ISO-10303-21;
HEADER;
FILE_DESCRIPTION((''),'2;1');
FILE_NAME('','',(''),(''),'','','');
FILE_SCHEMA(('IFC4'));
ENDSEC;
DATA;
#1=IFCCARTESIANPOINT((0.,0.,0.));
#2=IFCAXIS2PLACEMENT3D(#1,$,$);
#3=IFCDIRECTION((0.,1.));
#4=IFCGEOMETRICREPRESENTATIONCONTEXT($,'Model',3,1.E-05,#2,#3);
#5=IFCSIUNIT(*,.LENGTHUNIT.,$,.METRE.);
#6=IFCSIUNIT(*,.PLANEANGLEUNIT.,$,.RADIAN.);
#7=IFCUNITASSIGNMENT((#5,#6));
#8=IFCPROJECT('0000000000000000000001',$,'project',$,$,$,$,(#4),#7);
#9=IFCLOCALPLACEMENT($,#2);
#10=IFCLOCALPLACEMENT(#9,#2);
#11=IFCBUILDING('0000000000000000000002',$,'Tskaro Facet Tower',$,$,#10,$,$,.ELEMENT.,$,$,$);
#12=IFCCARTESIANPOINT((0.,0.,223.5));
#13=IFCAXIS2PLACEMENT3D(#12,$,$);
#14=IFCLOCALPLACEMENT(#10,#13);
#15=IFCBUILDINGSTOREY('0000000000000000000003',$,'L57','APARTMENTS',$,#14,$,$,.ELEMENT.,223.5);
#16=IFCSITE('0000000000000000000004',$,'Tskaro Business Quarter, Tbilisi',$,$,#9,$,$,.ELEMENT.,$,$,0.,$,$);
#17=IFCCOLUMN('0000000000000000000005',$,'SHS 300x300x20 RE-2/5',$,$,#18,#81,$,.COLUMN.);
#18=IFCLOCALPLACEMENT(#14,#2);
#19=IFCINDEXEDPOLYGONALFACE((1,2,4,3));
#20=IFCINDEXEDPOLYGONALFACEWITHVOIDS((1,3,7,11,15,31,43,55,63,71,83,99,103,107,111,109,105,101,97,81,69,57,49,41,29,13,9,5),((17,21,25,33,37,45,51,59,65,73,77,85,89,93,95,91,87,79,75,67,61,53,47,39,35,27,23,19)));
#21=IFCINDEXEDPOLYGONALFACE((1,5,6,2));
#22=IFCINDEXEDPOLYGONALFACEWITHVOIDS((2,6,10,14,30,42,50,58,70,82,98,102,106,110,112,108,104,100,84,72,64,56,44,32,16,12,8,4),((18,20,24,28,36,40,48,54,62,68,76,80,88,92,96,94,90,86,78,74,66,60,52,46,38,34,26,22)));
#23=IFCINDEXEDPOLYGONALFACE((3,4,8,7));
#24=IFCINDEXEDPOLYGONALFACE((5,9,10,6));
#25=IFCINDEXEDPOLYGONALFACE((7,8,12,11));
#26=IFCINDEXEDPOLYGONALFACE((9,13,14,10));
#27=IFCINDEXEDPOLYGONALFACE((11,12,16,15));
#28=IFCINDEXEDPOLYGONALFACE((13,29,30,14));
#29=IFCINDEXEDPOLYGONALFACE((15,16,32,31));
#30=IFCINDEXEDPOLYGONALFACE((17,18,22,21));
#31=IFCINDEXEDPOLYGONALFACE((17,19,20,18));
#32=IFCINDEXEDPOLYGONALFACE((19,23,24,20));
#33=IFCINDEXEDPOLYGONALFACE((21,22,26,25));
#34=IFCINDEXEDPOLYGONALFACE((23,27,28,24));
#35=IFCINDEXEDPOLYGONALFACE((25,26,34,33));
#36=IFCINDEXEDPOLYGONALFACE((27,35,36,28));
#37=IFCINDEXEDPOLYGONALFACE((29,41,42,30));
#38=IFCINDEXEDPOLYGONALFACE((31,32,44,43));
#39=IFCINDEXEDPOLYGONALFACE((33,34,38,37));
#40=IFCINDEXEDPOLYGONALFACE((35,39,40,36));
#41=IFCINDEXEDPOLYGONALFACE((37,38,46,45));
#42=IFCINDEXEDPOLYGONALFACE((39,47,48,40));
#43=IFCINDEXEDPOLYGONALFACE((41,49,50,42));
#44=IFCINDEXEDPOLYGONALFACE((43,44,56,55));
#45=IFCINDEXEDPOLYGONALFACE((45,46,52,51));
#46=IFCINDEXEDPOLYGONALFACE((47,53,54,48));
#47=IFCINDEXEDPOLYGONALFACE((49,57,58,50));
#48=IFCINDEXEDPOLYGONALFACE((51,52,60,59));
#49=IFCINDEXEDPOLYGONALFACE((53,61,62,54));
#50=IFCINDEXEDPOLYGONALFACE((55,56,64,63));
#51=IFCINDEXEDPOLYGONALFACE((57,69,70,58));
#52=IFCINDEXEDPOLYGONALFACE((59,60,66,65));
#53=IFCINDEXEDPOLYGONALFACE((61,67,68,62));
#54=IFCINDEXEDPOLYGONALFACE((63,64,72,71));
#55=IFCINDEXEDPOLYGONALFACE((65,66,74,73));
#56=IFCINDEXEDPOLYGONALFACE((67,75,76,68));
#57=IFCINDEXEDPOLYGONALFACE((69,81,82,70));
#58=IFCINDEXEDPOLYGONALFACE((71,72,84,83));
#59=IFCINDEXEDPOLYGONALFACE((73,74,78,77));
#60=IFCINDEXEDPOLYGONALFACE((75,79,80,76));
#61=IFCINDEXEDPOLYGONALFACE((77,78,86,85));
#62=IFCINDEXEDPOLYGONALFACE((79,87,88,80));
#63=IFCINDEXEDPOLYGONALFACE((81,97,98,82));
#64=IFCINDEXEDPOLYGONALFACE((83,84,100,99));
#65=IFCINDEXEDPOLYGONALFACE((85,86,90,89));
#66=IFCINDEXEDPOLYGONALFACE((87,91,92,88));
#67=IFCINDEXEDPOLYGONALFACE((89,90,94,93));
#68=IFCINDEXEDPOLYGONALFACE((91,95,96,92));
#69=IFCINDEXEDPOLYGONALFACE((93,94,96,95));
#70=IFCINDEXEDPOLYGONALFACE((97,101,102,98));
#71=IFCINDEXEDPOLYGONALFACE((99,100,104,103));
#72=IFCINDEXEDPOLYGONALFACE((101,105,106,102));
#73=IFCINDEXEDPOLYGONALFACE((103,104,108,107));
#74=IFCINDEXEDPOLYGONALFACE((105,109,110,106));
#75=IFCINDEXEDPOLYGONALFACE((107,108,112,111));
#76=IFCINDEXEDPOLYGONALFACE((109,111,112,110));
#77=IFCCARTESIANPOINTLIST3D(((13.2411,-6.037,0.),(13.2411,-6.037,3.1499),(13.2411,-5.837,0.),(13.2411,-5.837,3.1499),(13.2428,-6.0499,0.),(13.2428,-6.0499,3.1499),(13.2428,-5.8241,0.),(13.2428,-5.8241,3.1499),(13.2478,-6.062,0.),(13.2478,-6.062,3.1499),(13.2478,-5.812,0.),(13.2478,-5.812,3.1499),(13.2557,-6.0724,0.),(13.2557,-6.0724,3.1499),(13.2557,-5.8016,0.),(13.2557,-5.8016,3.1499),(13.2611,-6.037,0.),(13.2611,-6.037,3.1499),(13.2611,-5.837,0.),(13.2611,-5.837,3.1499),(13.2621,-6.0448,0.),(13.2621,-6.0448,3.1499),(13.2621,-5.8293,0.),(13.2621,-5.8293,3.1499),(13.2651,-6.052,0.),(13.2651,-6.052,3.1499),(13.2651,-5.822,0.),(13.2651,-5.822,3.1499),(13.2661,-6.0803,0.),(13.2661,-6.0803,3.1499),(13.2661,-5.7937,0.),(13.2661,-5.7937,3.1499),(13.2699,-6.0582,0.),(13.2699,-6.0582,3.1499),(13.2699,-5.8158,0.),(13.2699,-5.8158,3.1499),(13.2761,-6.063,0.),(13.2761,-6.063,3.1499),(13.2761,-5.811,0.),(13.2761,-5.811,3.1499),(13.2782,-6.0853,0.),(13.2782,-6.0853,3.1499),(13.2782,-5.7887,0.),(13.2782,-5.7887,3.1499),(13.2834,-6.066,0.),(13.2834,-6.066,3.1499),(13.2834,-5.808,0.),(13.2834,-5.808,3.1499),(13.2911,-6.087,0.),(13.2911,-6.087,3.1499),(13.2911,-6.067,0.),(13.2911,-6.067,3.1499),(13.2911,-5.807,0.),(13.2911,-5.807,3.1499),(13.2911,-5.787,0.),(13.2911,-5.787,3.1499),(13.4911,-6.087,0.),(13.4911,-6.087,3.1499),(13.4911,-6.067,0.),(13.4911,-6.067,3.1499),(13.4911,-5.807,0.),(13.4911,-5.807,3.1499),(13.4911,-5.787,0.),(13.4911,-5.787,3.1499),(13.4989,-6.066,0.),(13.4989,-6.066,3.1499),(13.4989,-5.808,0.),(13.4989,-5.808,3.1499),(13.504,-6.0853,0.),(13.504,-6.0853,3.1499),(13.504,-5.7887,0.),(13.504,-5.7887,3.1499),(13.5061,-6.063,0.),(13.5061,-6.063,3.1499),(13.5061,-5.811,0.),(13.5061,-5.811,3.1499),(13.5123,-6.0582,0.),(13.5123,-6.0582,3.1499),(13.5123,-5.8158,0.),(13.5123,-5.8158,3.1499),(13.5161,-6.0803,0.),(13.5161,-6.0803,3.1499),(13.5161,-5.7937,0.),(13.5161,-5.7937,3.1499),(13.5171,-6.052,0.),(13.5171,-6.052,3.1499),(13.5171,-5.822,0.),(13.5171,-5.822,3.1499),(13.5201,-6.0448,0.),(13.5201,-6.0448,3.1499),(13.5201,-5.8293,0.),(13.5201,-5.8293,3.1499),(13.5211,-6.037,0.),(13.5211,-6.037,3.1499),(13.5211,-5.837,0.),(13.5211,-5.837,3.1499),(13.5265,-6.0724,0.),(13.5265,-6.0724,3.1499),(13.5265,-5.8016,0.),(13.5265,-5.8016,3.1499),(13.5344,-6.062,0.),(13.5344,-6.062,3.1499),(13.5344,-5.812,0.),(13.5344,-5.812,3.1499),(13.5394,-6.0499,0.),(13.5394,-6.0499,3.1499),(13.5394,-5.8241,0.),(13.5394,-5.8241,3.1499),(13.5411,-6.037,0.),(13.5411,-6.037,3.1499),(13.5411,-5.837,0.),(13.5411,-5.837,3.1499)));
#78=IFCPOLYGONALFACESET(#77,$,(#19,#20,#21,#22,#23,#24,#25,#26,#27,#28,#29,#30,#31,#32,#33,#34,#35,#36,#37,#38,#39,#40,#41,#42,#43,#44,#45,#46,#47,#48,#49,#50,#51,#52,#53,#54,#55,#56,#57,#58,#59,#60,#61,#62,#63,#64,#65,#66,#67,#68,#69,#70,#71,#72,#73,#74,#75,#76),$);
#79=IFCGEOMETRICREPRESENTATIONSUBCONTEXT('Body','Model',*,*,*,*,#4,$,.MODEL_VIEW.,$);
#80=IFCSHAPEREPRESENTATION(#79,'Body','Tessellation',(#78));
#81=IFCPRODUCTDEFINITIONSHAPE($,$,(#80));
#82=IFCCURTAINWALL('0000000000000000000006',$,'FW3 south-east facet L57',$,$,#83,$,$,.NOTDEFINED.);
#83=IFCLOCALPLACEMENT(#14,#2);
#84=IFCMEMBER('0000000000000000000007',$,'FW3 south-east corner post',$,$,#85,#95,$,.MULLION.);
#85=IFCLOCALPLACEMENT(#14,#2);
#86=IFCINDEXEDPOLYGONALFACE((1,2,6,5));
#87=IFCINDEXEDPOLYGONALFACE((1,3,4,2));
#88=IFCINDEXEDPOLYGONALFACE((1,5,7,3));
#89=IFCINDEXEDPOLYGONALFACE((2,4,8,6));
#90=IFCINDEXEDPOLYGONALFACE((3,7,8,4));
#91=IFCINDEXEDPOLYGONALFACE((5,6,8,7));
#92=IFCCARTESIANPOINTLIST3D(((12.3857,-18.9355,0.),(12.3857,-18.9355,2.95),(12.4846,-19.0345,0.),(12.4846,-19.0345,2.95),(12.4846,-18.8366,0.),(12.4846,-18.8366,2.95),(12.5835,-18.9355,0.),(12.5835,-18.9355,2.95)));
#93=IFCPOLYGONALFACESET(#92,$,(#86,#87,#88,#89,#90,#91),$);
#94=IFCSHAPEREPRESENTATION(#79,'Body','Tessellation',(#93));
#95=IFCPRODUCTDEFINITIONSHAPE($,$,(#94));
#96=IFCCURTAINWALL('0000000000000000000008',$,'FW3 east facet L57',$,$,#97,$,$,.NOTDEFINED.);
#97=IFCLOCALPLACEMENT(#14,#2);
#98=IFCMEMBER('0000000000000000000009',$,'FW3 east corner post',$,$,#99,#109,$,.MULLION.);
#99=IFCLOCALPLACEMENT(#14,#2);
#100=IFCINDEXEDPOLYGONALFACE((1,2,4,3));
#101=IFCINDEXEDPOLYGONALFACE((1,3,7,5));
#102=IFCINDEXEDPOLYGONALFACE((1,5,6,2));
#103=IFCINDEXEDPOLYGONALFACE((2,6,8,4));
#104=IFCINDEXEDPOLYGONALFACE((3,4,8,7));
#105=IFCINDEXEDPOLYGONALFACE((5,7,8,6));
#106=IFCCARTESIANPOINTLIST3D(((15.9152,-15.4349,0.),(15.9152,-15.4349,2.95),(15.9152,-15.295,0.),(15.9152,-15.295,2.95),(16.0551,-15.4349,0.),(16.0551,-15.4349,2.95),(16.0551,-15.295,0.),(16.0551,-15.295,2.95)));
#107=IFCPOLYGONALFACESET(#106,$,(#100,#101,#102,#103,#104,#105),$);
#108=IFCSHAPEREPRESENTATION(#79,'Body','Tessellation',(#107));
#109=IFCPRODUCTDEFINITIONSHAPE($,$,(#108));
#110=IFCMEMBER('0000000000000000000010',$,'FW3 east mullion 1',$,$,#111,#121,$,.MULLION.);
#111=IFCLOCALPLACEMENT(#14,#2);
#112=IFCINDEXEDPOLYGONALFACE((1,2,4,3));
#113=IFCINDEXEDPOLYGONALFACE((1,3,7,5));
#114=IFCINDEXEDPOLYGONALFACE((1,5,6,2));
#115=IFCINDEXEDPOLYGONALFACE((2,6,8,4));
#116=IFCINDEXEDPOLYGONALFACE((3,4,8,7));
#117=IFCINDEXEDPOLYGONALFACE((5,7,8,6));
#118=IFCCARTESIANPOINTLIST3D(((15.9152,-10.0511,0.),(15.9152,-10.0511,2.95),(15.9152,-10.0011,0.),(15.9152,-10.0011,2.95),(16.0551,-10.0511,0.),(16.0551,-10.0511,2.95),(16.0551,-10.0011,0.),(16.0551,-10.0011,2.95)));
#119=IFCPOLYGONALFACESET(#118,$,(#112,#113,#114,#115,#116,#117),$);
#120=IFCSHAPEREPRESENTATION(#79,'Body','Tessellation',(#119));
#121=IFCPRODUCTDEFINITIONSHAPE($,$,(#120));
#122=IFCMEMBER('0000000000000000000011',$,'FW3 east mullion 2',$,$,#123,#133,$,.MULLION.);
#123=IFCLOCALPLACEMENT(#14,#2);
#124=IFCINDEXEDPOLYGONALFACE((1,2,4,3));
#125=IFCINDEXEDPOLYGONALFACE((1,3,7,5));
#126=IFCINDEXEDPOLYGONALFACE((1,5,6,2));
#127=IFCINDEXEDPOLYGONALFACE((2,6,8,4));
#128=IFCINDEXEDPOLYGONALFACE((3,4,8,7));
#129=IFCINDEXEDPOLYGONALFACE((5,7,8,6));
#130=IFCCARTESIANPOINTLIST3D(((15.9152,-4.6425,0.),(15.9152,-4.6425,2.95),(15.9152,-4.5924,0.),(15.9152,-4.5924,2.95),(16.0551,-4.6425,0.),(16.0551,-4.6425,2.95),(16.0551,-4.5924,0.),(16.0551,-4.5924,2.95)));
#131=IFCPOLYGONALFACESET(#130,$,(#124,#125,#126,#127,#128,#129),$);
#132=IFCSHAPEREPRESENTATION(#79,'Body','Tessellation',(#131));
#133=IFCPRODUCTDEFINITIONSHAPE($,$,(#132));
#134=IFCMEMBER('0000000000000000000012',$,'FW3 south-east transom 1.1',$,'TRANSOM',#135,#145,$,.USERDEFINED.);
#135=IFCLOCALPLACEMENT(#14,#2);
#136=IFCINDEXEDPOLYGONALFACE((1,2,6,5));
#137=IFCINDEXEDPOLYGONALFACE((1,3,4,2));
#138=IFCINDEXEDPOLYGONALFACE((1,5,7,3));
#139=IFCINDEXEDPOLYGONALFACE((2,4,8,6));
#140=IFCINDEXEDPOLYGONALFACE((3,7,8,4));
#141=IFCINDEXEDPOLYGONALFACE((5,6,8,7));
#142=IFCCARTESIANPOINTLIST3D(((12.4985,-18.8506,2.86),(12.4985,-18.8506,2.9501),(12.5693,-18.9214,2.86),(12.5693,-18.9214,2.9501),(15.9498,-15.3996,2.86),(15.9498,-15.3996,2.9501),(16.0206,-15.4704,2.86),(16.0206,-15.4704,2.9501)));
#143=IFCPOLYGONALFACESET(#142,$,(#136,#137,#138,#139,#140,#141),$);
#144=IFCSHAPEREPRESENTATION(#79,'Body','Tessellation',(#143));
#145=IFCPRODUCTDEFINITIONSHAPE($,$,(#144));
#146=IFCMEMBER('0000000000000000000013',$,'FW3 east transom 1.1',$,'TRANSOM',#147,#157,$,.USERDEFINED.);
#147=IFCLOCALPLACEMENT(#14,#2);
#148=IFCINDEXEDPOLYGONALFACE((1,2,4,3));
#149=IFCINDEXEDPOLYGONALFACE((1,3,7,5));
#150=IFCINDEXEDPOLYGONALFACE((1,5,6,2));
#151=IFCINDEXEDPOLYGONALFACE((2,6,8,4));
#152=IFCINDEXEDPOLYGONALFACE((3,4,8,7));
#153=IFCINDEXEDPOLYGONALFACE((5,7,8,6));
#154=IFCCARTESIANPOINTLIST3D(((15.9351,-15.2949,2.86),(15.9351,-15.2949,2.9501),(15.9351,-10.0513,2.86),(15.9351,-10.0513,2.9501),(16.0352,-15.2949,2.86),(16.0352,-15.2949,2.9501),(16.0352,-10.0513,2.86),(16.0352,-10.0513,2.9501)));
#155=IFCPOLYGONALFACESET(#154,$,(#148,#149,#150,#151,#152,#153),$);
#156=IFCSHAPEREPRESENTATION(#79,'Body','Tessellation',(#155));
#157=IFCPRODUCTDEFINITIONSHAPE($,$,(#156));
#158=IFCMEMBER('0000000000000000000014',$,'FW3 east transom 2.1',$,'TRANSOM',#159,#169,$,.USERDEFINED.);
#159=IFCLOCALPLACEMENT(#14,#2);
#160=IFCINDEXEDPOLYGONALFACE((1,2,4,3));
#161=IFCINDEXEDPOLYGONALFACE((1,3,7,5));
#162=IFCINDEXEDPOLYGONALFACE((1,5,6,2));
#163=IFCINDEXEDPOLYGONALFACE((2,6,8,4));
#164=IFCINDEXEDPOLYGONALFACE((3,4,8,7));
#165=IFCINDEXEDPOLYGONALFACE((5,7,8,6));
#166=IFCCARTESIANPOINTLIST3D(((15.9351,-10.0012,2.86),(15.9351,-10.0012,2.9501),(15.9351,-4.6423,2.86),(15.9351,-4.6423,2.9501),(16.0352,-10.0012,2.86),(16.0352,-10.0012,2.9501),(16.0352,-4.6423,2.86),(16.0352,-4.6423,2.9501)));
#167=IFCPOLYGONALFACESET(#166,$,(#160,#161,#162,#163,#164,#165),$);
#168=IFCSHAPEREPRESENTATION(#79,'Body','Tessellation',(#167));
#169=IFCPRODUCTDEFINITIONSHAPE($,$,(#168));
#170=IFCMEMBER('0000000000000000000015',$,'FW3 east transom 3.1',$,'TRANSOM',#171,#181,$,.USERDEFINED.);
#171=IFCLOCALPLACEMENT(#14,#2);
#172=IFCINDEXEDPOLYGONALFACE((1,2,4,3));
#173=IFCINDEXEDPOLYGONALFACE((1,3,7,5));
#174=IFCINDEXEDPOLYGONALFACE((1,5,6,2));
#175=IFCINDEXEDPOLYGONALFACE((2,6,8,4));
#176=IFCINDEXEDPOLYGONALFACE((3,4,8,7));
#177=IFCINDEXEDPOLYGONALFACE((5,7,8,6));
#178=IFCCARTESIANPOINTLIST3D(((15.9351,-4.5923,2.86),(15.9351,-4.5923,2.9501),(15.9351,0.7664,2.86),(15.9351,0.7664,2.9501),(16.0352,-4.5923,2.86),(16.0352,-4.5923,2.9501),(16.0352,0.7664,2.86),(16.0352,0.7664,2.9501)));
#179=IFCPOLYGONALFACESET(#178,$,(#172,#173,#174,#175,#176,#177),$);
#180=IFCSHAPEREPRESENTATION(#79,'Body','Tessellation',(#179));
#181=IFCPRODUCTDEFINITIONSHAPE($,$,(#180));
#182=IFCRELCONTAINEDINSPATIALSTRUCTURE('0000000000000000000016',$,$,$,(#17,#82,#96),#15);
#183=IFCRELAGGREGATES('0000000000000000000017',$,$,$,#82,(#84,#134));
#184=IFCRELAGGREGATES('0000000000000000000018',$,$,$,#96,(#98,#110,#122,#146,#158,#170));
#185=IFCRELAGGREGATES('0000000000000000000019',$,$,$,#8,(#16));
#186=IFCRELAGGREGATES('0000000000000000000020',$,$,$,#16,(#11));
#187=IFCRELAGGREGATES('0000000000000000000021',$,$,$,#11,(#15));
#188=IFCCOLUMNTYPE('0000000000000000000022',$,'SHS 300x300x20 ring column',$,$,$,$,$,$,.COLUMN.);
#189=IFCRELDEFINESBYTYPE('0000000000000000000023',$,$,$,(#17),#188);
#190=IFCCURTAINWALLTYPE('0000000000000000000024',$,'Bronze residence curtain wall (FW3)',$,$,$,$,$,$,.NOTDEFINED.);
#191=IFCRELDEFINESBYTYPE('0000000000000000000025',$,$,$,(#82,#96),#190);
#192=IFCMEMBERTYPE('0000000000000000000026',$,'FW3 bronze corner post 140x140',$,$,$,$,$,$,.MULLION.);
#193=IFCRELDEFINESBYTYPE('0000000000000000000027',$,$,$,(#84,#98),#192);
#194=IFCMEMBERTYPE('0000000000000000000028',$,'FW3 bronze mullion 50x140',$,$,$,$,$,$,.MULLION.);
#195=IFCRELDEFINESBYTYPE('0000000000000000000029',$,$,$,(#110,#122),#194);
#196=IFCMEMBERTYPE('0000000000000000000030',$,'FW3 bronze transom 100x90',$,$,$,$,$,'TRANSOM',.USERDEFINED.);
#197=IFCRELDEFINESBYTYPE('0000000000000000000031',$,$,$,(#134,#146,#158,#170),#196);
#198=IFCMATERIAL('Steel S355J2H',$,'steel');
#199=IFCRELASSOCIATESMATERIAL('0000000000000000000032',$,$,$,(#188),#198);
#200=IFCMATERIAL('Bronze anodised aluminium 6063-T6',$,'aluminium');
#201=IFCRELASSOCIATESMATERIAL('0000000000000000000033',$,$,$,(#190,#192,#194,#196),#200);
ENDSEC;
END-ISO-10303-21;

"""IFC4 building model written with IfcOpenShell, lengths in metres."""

from ifc_helpers import new_model, si_unit, direction, frame, origin, origin_2d, place, context, subcontext, project, spatial, rectangle, hollow_rectangle, extrude, material, material_profile, profile_set, type_object, element, aggregate, save


model = new_model("IFC4")

# Units and contexts
model_context = context("Model", 3, precision=1e-05, world=origin(), true_north=direction((0.0, 1.0)))
body_context = subcontext(model_context, "Body", "Model", "MODEL_VIEW")
ifc_project = project(units=[si_unit("LENGTHUNIT", "METRE"), si_unit("PLANEANGLEUNIT", "RADIAN")], contexts=[model_context])

# Site, building, storey
site_placement = place(None, origin())
site = spatial("IfcSite", under=ifc_project, at=site_placement, Name="Tskaro Business Quarter, Tbilisi", CompositionType="ELEMENT", RefElevation=0.0)
building_placement = place(site_placement, origin())
building = spatial("IfcBuilding", under=site, at=building_placement, Name="Tskaro Facet Tower", CompositionType="ELEMENT")
storey_placement = place(building_placement, frame((0.0, 0.0, 223.5)))
storey = spatial("IfcBuildingStorey", under=building, at=storey_placement, Name="L57", Description="APARTMENTS", CompositionType="ELEMENT", Elevation=223.5)

# Column
ifc_material_1 = material(Name="Steel S355J2H", Category="steel")
ifc_material_profile_1 = material_profile(ifc_material_1, hollow_rectangle(XDim=0.3, YDim=0.3, WallThickness=0.02, InnerFilletRadius=0.03, OuterFilletRadius=0.05, at=origin_2d()), Name="SHS 300x300x20")
ifc_profile_set_1 = profile_set([ifc_material_profile_1], Name="Steel S355J2H")
column_type_1 = type_object("IfcColumnType", Name="SHS 300x300x20 ring column", PredefinedType="COLUMN", material=ifc_profile_set_1)
for number, where, z_axis, x_axis, name in (
    (1, (13.3911, -5.937, 0.0), (0.0, 0.0, 1.0), (1.0, 0.0, 0.0), "SHS 300x300x20 RE-2/5"),
):
    element("IfcColumn", number, at=place(storey_placement, frame(where, z_axis=z_axis, x_axis=x_axis)), inside=storey, type_object=column_type_1, Name=name, PredefinedType="COLUMN", context=body_context, shape_type="SweptSolid", body=[
        extrude(hollow_rectangle(XDim=0.3, YDim=0.3, WallThickness=0.02, InnerFilletRadius=0.03, OuterFilletRadius=0.05, at=origin_2d()), origin(), (0.0, 0.0, 1.0), 3.1499),
    ])

# Curtain wall, member
ifc_material_2 = material(Name="Bronze anodised aluminium 6063-T6", Category="aluminium")
curtain_wall_type = type_object("IfcCurtainWallType", Name="Bronze residence curtain wall (FW3)", PredefinedType="NOTDEFINED", material=ifc_material_2)
curtain_wall_1_placement = place(storey_placement, origin())
curtain_wall_1 = element("IfcCurtainWall", 2, at=curtain_wall_1_placement, inside=storey, type_object=curtain_wall_type, Name="FW3 south-east facet L57", PredefinedType="NOTDEFINED")
ifc_material_profile_2 = material_profile(ifc_material_2, rectangle(XDim=0.1399, YDim=0.1399, at=origin_2d()), Name="Corner post 140x140")
ifc_profile_set_2 = profile_set([ifc_material_profile_2], Name="Bronze anodised aluminium 6063-T6")
member_type_1 = type_object("IfcMemberType", Name="FW3 bronze corner post 140x140", PredefinedType="MULLION", material=ifc_profile_set_2)
member_1_placement = place(storey_placement, frame((12.4846, -18.9355, 0.0), z_axis=(0.0, 0.0, 1.0), x_axis=(0.707107, 0.707107, 0.0)))
member_1 = element("IfcMember", 3, at=member_1_placement, type_object=member_type_1, Name="FW3 south-east corner post", PredefinedType="MULLION", context=body_context, shape_type="SweptSolid", body=[
    extrude(rectangle(XDim=0.1399, YDim=0.1399, at=origin_2d()), origin(), (0.0, 0.0, 1.0), 2.95),
])

# Curtain wall, members
curtain_wall_2_placement = place(storey_placement, origin())
curtain_wall_2 = element("IfcCurtainWall", 4, at=curtain_wall_2_placement, inside=storey, type_object=curtain_wall_type, Name="FW3 east facet L57", PredefinedType="NOTDEFINED")
member_2_placement = place(storey_placement, frame((15.9851, -15.365, 0.0), z_axis=(0.0, 0.0, 1.0), x_axis=(0.0, 1.0, 0.0)))
member_2 = element("IfcMember", 5, at=member_2_placement, type_object=member_type_1, Name="FW3 east corner post", PredefinedType="MULLION", context=body_context, shape_type="SweptSolid", body=[
    extrude(rectangle(XDim=0.1399, YDim=0.1399, at=origin_2d()), origin(), (0.0, 0.0, 1.0), 2.95),
])
ifc_material_profile_3 = material_profile(ifc_material_2, rectangle(XDim=0.05, YDim=0.1399, at=origin_2d()), Name="Mullion 50x140")
ifc_profile_set_3 = profile_set([ifc_material_profile_3], Name="Bronze anodised aluminium 6063-T6")
member_type_2 = type_object("IfcMemberType", Name="FW3 bronze mullion 50x140", PredefinedType="MULLION", material=ifc_profile_set_3)
member_3_placement = place(storey_placement, frame((15.9851, -10.0261, 0.0), z_axis=(0.0, 0.0, 1.0), x_axis=(0.0, 1.0, 0.0)))
member_3 = element("IfcMember", 6, at=member_3_placement, type_object=member_type_2, Name="FW3 east mullion 1", PredefinedType="MULLION", context=body_context, shape_type="SweptSolid", body=[
    extrude(rectangle(XDim=0.05, YDim=0.1399, at=origin_2d()), origin(), (0.0, 0.0, 1.0), 2.95),
])
member_4_placement = place(storey_placement, frame((15.9851, -4.6174, 0.0), z_axis=(0.0, 0.0, 1.0), x_axis=(0.0, 1.0, 0.0)))
member_4 = element("IfcMember", 7, at=member_4_placement, type_object=member_type_2, Name="FW3 east mullion 2", PredefinedType="MULLION", context=body_context, shape_type="SweptSolid", body=[
    extrude(rectangle(XDim=0.05, YDim=0.1399, at=origin_2d()), origin(), (0.0, 0.0, 1.0), 2.95),
])

# Members
ifc_material_profile_4 = material_profile(ifc_material_2, rectangle(XDim=0.1001, YDim=0.0901, at=origin_2d()), Name="Transom 100x90")
ifc_profile_set_4 = profile_set([ifc_material_profile_4], Name="Bronze anodised aluminium 6063-T6")
member_type_3 = type_object("IfcMemberType", Name="FW3 bronze transom 100x90", ElementType="TRANSOM", PredefinedType="USERDEFINED", material=ifc_profile_set_4)
member_5_placement = place(storey_placement, frame((12.5339, -18.886, 2.905), z_axis=(0.707132, 0.707082, 0.0), x_axis=(-0.707082, 0.707132, 0.0)))
member_5 = element("IfcMember", 8, at=member_5_placement, type_object=member_type_3, Name="FW3 south-east transom 1.1", ObjectType="TRANSOM", PredefinedType="USERDEFINED", context=body_context, shape_type="SweptSolid", body=[
    extrude(rectangle(XDim=0.1001, YDim=0.0901, at=origin_2d()), origin(), (0.0, 0.0, 1.0), 4.8806),
])
member_6_placement = place(storey_placement, frame((15.9851, -15.2949, 2.905), z_axis=(0.0, 1.0, 0.0), x_axis=(-1.0, 0.0, 0.0)))
member_6 = element("IfcMember", 9, at=member_6_placement, type_object=member_type_3, Name="FW3 east transom 1.1", ObjectType="TRANSOM", PredefinedType="USERDEFINED", context=body_context, shape_type="SweptSolid", body=[
    extrude(rectangle(XDim=0.1001, YDim=0.0901, at=origin_2d()), origin(), (0.0, 0.0, 1.0), 5.2437),
])
member_7_placement = place(storey_placement, frame((15.9851, -10.0012, 2.905), z_axis=(0.0, 1.0, 0.0), x_axis=(-1.0, 0.0, 0.0)))
member_7 = element("IfcMember", 10, at=member_7_placement, type_object=member_type_3, Name="FW3 east transom 2.1", ObjectType="TRANSOM", PredefinedType="USERDEFINED", context=body_context, shape_type="SweptSolid", body=[
    extrude(rectangle(XDim=0.1001, YDim=0.0901, at=origin_2d()), origin(), (0.0, 0.0, 1.0), 5.3589),
])
member_8_placement = place(storey_placement, frame((15.9851, -4.5923, 2.905), z_axis=(0.0, 1.0, 0.0), x_axis=(-1.0, 0.0, 0.0)))
member_8 = element("IfcMember", 11, at=member_8_placement, type_object=member_type_3, Name="FW3 east transom 3.1", ObjectType="TRANSOM", PredefinedType="USERDEFINED", context=body_context, shape_type="SweptSolid", body=[
    extrude(rectangle(XDim=0.1001, YDim=0.0901, at=origin_2d()), origin(), (0.0, 0.0, 1.0), 5.3586),
])

aggregate(curtain_wall_1, [member_1, member_5])
aggregate(curtain_wall_2, [member_2, member_3, member_4, member_6, member_7, member_8])

save(model, "model.ifc")
